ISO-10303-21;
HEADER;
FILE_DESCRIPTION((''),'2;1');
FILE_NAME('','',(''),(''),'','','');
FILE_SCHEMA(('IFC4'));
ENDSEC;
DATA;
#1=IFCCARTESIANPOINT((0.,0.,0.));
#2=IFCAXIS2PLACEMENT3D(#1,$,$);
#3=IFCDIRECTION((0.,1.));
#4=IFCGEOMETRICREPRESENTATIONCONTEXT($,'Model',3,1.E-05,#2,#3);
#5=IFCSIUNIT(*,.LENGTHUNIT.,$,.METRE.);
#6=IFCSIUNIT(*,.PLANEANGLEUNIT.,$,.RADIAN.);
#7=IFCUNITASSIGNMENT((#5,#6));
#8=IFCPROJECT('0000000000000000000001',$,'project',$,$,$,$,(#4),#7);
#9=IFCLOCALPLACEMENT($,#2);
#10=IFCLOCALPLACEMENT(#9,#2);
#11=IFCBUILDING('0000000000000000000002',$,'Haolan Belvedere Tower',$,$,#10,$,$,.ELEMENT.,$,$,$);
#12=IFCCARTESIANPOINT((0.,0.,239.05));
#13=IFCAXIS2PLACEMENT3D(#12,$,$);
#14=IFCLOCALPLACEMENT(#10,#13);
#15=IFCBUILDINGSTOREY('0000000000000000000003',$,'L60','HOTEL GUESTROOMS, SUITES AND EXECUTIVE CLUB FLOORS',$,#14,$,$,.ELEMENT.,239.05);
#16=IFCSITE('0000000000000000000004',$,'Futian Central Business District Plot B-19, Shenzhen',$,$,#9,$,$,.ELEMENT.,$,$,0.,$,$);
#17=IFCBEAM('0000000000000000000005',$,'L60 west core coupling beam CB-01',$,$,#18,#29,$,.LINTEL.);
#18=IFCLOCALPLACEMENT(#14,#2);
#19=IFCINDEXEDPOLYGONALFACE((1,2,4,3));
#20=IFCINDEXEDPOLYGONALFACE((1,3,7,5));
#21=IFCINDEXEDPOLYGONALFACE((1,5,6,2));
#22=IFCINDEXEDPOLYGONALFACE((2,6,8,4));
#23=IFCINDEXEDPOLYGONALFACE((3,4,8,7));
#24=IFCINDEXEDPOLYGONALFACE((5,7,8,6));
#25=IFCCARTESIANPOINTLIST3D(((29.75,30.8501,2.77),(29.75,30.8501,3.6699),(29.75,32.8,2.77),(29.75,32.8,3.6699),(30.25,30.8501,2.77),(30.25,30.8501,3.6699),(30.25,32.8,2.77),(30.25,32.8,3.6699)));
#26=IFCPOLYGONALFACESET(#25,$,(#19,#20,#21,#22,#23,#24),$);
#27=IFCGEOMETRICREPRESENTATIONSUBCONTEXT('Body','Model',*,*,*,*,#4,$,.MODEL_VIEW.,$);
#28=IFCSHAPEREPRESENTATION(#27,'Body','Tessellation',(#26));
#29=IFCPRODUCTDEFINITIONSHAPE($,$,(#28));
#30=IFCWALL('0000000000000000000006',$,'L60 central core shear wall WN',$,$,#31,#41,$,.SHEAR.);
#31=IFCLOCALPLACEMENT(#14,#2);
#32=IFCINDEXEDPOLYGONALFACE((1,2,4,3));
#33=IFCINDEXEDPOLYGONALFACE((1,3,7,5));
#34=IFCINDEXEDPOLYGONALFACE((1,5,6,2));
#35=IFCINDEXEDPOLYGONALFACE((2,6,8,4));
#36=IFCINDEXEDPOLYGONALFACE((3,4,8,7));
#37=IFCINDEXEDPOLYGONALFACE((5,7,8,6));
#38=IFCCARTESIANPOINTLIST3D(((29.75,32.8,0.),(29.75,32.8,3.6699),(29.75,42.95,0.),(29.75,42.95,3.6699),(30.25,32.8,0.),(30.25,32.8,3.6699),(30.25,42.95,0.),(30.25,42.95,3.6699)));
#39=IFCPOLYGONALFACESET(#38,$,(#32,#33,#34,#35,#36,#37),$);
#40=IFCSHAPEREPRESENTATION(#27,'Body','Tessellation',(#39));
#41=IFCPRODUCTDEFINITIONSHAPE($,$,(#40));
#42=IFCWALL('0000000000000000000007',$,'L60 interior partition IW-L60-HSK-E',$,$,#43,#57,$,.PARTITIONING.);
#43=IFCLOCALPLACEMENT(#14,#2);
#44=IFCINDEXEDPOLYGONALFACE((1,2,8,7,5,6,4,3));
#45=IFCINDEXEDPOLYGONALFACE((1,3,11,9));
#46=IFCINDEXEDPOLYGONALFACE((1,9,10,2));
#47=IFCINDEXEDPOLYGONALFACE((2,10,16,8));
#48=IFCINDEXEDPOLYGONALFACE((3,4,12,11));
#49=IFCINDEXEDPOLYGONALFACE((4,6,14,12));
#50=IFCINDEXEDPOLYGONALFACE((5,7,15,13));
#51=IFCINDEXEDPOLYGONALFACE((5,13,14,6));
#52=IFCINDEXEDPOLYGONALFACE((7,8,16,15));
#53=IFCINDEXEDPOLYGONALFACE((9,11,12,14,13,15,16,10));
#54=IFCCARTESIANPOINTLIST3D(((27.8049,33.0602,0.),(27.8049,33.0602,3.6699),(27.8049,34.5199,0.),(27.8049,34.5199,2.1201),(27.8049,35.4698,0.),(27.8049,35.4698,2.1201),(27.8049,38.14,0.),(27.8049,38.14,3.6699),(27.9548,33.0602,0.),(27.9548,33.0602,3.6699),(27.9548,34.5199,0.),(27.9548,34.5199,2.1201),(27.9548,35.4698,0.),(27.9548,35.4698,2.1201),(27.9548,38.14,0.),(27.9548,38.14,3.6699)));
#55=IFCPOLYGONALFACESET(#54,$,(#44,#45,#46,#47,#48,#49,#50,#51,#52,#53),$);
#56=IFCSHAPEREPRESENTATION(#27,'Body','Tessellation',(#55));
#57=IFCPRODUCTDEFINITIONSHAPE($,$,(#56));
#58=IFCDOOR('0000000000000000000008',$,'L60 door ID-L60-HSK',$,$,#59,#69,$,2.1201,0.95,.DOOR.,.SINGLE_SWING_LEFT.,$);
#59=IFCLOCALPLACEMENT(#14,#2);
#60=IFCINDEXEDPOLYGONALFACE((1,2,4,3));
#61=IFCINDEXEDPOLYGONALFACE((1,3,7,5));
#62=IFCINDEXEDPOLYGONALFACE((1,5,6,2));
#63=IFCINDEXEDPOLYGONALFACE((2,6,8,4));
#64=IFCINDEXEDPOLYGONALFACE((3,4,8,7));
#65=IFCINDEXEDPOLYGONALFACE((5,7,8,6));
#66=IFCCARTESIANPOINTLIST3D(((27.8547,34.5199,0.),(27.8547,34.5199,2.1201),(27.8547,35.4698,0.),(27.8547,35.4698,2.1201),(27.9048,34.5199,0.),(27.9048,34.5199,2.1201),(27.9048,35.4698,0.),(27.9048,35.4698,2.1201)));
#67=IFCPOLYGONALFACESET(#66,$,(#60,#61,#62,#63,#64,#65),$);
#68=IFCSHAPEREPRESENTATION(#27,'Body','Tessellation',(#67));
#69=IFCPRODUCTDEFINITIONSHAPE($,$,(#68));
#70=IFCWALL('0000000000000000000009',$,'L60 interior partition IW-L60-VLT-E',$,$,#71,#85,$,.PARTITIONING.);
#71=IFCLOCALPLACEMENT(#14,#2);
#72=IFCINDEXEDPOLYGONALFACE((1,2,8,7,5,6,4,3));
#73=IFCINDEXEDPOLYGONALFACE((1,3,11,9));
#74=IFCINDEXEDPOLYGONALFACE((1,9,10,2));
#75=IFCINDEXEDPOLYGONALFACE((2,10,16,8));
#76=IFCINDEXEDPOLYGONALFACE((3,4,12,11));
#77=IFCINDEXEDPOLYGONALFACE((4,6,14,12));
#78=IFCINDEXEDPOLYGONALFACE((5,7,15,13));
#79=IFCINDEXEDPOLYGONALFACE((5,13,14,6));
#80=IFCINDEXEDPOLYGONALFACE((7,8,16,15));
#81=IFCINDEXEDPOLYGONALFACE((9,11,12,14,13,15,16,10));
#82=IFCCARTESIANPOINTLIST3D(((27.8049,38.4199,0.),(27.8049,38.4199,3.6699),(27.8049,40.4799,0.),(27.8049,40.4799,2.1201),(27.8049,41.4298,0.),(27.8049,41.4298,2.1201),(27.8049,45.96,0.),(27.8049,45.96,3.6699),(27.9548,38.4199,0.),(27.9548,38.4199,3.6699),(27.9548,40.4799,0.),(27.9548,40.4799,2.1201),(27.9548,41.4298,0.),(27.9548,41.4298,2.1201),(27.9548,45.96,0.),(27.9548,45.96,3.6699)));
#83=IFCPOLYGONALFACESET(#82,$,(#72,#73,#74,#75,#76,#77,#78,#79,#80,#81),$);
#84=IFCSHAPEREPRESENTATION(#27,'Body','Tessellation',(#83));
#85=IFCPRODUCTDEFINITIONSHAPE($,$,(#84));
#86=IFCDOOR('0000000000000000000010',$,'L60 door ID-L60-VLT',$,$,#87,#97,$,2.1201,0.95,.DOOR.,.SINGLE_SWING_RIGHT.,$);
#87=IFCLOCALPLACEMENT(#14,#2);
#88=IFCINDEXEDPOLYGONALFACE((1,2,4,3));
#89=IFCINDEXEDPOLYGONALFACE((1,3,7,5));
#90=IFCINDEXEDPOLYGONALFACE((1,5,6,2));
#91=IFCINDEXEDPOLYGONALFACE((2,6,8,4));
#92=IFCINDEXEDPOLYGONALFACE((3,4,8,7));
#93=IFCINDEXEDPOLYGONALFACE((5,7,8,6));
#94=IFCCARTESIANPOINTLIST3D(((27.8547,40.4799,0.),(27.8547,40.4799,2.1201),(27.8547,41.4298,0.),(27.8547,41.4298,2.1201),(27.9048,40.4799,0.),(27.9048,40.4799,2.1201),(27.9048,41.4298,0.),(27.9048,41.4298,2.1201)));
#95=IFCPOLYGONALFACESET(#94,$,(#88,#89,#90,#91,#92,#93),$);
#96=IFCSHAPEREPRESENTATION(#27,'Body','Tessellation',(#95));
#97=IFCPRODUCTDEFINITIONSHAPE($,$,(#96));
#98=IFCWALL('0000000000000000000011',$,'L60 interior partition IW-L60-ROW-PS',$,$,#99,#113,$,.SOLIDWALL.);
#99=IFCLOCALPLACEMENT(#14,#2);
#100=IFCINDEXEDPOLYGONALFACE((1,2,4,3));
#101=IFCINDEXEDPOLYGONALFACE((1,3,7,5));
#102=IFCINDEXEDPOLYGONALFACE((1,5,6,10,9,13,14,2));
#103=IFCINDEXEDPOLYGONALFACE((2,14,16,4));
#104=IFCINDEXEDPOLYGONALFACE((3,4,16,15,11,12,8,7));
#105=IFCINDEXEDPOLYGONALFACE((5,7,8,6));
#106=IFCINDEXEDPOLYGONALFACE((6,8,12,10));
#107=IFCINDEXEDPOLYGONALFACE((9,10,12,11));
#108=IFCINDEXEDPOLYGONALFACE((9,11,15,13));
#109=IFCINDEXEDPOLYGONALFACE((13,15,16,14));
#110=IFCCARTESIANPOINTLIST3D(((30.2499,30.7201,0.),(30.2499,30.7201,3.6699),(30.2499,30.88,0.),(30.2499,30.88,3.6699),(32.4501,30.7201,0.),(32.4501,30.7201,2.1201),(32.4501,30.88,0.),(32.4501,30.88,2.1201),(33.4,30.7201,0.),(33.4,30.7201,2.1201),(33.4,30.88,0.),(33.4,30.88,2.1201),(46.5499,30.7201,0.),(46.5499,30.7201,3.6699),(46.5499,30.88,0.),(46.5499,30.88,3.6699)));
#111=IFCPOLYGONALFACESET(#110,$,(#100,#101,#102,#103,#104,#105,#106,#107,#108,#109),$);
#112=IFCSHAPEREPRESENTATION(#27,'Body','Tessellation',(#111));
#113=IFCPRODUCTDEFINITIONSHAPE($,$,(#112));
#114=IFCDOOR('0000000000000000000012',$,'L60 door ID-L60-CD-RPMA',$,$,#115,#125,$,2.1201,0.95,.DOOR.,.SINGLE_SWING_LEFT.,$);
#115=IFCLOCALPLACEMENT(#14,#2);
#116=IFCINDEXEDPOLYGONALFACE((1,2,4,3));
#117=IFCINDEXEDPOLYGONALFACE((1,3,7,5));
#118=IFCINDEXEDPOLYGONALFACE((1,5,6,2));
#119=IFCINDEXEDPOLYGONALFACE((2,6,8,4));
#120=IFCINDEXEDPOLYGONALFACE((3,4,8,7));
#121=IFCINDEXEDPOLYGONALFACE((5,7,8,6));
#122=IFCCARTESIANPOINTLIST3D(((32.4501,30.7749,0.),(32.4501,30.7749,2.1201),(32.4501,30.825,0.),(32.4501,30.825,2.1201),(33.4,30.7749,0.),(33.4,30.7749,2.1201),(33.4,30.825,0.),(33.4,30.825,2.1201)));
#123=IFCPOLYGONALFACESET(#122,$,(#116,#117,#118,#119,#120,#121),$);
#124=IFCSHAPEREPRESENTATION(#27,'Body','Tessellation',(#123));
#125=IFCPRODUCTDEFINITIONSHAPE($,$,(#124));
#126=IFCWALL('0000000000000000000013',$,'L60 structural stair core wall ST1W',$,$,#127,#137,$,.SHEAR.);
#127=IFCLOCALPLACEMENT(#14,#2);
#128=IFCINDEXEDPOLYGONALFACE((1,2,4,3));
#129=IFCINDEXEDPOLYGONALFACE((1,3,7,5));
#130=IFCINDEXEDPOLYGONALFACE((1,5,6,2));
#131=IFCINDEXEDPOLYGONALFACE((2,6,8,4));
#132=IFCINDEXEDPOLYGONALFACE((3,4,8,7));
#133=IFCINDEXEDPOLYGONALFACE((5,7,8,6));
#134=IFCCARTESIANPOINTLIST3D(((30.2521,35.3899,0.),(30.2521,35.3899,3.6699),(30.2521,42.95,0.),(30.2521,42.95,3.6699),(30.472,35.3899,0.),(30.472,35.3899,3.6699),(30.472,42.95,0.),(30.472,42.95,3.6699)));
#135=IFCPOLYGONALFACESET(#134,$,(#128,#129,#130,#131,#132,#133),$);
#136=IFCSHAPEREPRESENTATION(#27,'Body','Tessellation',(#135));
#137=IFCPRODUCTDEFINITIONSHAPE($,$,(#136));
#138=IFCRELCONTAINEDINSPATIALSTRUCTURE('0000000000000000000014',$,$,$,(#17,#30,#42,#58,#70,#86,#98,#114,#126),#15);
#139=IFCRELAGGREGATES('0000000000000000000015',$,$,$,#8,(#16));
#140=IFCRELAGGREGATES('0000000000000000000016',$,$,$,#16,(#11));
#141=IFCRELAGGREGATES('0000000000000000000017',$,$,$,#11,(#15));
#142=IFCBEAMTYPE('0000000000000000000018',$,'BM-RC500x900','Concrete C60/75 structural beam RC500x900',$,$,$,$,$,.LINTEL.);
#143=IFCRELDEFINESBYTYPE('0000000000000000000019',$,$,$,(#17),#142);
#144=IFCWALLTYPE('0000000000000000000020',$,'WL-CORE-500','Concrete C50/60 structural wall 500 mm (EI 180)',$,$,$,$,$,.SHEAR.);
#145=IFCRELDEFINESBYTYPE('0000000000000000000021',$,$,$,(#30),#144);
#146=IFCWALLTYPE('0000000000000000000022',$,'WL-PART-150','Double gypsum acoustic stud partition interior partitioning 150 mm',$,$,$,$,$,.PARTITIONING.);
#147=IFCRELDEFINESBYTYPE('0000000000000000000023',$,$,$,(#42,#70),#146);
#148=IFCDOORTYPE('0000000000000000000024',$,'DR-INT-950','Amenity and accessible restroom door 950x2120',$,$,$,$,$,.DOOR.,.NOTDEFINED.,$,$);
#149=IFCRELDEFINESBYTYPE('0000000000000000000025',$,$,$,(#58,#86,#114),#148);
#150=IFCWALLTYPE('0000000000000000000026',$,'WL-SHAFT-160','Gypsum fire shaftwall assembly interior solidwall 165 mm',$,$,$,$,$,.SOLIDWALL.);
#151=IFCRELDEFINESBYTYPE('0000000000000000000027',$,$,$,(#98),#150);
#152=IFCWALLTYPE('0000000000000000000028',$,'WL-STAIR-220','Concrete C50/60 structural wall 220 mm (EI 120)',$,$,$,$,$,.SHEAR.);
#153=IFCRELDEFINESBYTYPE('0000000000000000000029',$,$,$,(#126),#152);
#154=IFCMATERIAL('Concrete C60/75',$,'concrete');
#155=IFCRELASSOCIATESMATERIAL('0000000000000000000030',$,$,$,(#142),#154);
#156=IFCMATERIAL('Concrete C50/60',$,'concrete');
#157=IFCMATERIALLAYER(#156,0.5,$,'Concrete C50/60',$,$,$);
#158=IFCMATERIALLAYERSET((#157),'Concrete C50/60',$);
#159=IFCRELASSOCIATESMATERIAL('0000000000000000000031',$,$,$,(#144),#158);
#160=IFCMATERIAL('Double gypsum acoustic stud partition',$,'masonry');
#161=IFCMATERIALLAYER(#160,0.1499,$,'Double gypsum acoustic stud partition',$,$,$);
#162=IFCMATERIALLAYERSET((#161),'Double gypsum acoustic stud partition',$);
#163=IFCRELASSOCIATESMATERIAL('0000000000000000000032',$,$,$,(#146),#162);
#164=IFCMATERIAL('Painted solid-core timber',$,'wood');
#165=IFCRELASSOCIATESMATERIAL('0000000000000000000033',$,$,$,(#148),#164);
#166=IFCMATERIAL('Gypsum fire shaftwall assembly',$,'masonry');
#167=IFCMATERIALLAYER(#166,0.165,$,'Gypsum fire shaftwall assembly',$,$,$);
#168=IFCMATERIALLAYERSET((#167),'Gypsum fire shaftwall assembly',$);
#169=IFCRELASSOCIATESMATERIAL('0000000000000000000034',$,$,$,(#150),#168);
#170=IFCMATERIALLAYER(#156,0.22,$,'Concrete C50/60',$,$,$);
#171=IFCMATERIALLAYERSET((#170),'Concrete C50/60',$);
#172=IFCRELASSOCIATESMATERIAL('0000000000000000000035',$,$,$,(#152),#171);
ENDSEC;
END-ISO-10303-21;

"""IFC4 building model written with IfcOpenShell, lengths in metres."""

from ifc_helpers import new_model, si_unit, direction, frame, frame_2d, origin, origin_2d, place, context, subcontext, project, spatial, rectangle, extrude, material, layer, layer_set, material_profile, profile_set, type_object, element, fill, save


model = new_model("IFC4")

# Units and contexts
model_context = context("Model", 3, precision=1e-05, world=origin(), true_north=direction((0.0, 1.0)))
body_context = subcontext(model_context, "Body", "Model", "MODEL_VIEW")
ifc_project = project(units=[si_unit("LENGTHUNIT", "METRE"), si_unit("PLANEANGLEUNIT", "RADIAN")], contexts=[model_context])

# Site, building, storey
site_placement = place(None, origin())
site = spatial("IfcSite", under=ifc_project, at=site_placement, Name="Futian Central Business District Plot B-19, Shenzhen", CompositionType="ELEMENT", RefElevation=0.0)
building_placement = place(site_placement, origin())
building = spatial("IfcBuilding", under=site, at=building_placement, Name="Haolan Belvedere Tower", CompositionType="ELEMENT")
storey_placement = place(building_placement, frame((0.0, 0.0, 239.05)))
storey = spatial("IfcBuildingStorey", under=building, at=storey_placement, Name="L60", Description="HOTEL GUESTROOMS, SUITES AND EXECUTIVE CLUB FLOORS", CompositionType="ELEMENT", Elevation=239.05)

# Beam
ifc_material_1 = material(Name="Concrete C60/75", Category="concrete")
ifc_material_profile = material_profile(ifc_material_1, rectangle(XDim=0.5, YDim=0.8999, at=origin_2d()), Name="Concrete C60/75")
ifc_profile_set = profile_set([ifc_material_profile], Name="Concrete C60/75")
beam_type = type_object("IfcBeamType", Name="BM-RC500x900", Description="Concrete C60/75 structural beam RC500x900", PredefinedType="LINTEL", material=ifc_profile_set)
beam_placement = place(storey_placement, frame((30.0, 30.8501, 3.22), z_axis=(0.0, 1.0, 0.0), x_axis=(-1.0, 0.0, 0.0)))
element("IfcBeam", 1, at=beam_placement, inside=storey, type_object=beam_type, Name="L60 west core coupling beam CB-01", PredefinedType="LINTEL", context=body_context, shape_type="SweptSolid", body=[
    extrude(rectangle(XDim=0.5, YDim=0.8999, at=origin_2d()), origin(), (0.0, 0.0, 1.0), 1.95),
])

# Wall
ifc_material_2 = material(Name="Concrete C50/60", Category="concrete")
ifc_layer_1 = layer(ifc_material_2, 0.5, Name="Concrete C50/60")
ifc_layer_set_1 = layer_set([ifc_layer_1], Name="Concrete C50/60")
wall_type_1 = type_object("IfcWallType", Name="WL-CORE-500", Description="Concrete C50/60 structural wall 500 mm (EI 180)", PredefinedType="SHEAR", material=ifc_layer_set_1)
wall_1_placement = place(storey_placement, frame((30.0, 32.8, 0.0), z_axis=(0.0, 0.0, 1.0), x_axis=(0.0, 1.0, 0.0)))
element("IfcWall", 2, at=wall_1_placement, inside=storey, type_object=wall_type_1, Name="L60 central core shear wall WN", PredefinedType="SHEAR", context=body_context, shape_type="SweptSolid", body=[
    extrude(rectangle(XDim=10.1499, YDim=0.5, at=frame_2d((5.075, 0.0))), origin(), (0.0, 0.0, 1.0), 3.6699),
])

# Walls, openings, doors
ifc_material_3 = material(Name="Double gypsum acoustic stud partition", Category="masonry")
ifc_layer_2 = layer(ifc_material_3, 0.1499, Name="Double gypsum acoustic stud partition")
ifc_layer_set_2 = layer_set([ifc_layer_2], Name="Double gypsum acoustic stud partition")
wall_type_2 = type_object("IfcWallType", Name="WL-PART-150", Description="Double gypsum acoustic stud partition interior partitioning 150 mm", PredefinedType="PARTITIONING", material=ifc_layer_set_2)
wall_2_placement = place(storey_placement, frame((27.8799, 33.0601, 0.0), z_axis=(0.0, 0.0, 1.0), x_axis=(0.0, 1.0, 0.0)))
wall_2 = element("IfcWall", 3, at=wall_2_placement, inside=storey, type_object=wall_type_2, Name="L60 interior partition IW-L60-HSK-E", PredefinedType="PARTITIONING", context=body_context, shape_type="SweptSolid", body=[
    extrude(rectangle(XDim=5.0798, YDim=0.1499, at=frame_2d((2.54, 0.0))), origin(), (0.0, 0.0, 1.0), 3.6699),
])
opening_1_placement = place(wall_2_placement, frame((2.4099, 0.0, 0.0), z_axis=(0.0, 0.0, 1.0), x_axis=(-1.0, 0.0, 0.0)))
opening_1 = element("IfcOpeningElement", 4, at=opening_1_placement, cuts=wall_2, PredefinedType="OPENING", context=body_context, shape_type="SweptSolid", body=[
    extrude(rectangle(XDim=0.95, YDim=2.1201, at=frame_2d((0.4751, 1.0601))), frame((0.0, 0.085, 0.0), z_axis=(0.0, -1.0, 0.0), x_axis=(1.0, 0.0, 0.0)), (0.0, 0.0, 1.0), 0.1699),
])
ifc_material_4 = material(Name="Painted solid-core timber", Category="wood")
door_type_1 = type_object("IfcDoorType", Name="DR-INT-950", Description="Amenity and accessible restroom door 950x2120", OperationType="NOTDEFINED", PredefinedType="DOOR", material=ifc_material_4)
door_1_placement = place(opening_1_placement, origin())
door_1 = element("IfcDoor", 5, at=door_1_placement, inside=storey, type_object=door_type_1, Name="L60 door ID-L60-HSK", OperationType="SINGLE_SWING_LEFT", OverallHeight=2.1201, OverallWidth=0.95, PredefinedType="DOOR", context=body_context, shape_type="SweptSolid", body=[
    extrude(rectangle(XDim=0.95, YDim=2.1201, at=frame_2d((0.4751, 1.0601))), frame((0.0, 0.0249, 0.0), z_axis=(0.0, -1.0, 0.0), x_axis=(1.0, 0.0, 0.0)), (0.0, 0.0, 1.0), 0.05),
])
fill(opening_1, door_1)
wall_3_placement = place(storey_placement, frame((27.8799, 38.4199, 0.0), z_axis=(0.0, 0.0, 1.0), x_axis=(0.0, 1.0, 0.0)))
wall_3 = element("IfcWall", 6, at=wall_3_placement, inside=storey, type_object=wall_type_2, Name="L60 interior partition IW-L60-VLT-E", PredefinedType="PARTITIONING", context=body_context, shape_type="SweptSolid", body=[
    extrude(rectangle(XDim=7.54, YDim=0.1499, at=frame_2d((3.77, 0.0))), origin(), (0.0, 0.0, 1.0), 3.6699),
])
opening_2_placement = place(wall_3_placement, frame((3.01, 0.0, 0.0), z_axis=(0.0, 0.0, 1.0), x_axis=(-1.0, 0.0, 0.0)))
opening_2 = element("IfcOpeningElement", 7, at=opening_2_placement, cuts=wall_3, PredefinedType="OPENING", context=body_context, shape_type="SweptSolid", body=[
    extrude(rectangle(XDim=0.95, YDim=2.1201, at=frame_2d((0.4751, 1.0601))), frame((0.0, 0.085, 0.0), z_axis=(0.0, -1.0, 0.0), x_axis=(1.0, 0.0, 0.0)), (0.0, 0.0, 1.0), 0.1699),
])
door_2_placement = place(opening_2_placement, origin())
door_2 = element("IfcDoor", 8, at=door_2_placement, inside=storey, type_object=door_type_1, Name="L60 door ID-L60-VLT", OperationType="SINGLE_SWING_RIGHT", OverallHeight=2.1201, OverallWidth=0.95, PredefinedType="DOOR", context=body_context, shape_type="SweptSolid", body=[
    extrude(rectangle(XDim=0.95, YDim=2.1201, at=frame_2d((0.4751, 1.0601))), frame((0.0, 0.0249, 0.0), z_axis=(0.0, -1.0, 0.0), x_axis=(1.0, 0.0, 0.0)), (0.0, 0.0, 1.0), 0.05),
])
fill(opening_2, door_2)
ifc_material_5 = material(Name="Gypsum fire shaftwall assembly", Category="masonry")
ifc_layer_3 = layer(ifc_material_5, 0.165, Name="Gypsum fire shaftwall assembly")
ifc_layer_set_3 = layer_set([ifc_layer_3], Name="Gypsum fire shaftwall assembly")
wall_type_3 = type_object("IfcWallType", Name="WL-SHAFT-160", Description="Gypsum fire shaftwall assembly interior solidwall 165 mm", PredefinedType="SOLIDWALL", material=ifc_layer_set_3)
wall_4_placement = place(storey_placement, frame((30.25, 30.8, 0.0), z_axis=(0.0, 0.0, 1.0), x_axis=(1.0, 0.0, 0.0)))
wall_4 = element("IfcWall", 9, at=wall_4_placement, inside=storey, type_object=wall_type_3, Name="L60 interior partition IW-L60-ROW-PS", PredefinedType="SOLIDWALL", context=body_context, shape_type="SweptSolid", body=[
    extrude(rectangle(XDim=16.3, YDim=0.1599, at=frame_2d((8.1499, 0.0))), origin(), (0.0, 0.0, 1.0), 3.6699),
])
opening_3_placement = place(wall_4_placement, frame((2.2, 0.0, 0.0)))
opening_3 = element("IfcOpeningElement", 10, at=opening_3_placement, cuts=wall_4, PredefinedType="OPENING", context=body_context, shape_type="SweptSolid", body=[
    extrude(rectangle(XDim=0.95, YDim=2.1201, at=frame_2d((0.4751, 1.0601))), frame((0.0, 0.0898, 0.0), z_axis=(0.0, -1.0, 0.0), x_axis=(1.0, 0.0, 0.0)), (0.0, 0.0, 1.0), 0.1799),
])
door_3_placement = place(opening_3_placement, origin())
door_3 = element("IfcDoor", 11, at=door_3_placement, inside=storey, type_object=door_type_1, Name="L60 door ID-L60-CD-RPMA", OperationType="SINGLE_SWING_LEFT", OverallHeight=2.1201, OverallWidth=0.95, PredefinedType="DOOR", context=body_context, shape_type="SweptSolid", body=[
    extrude(rectangle(XDim=0.95, YDim=2.1201, at=frame_2d((0.4751, 1.0601))), frame((0.0, 0.0249, 0.0), z_axis=(0.0, -1.0, 0.0), x_axis=(1.0, 0.0, 0.0)), (0.0, 0.0, 1.0), 0.05),
])
fill(opening_3, door_3)

# Wall
ifc_layer_4 = layer(ifc_material_2, 0.22, Name="Concrete C50/60")
ifc_layer_set_4 = layer_set([ifc_layer_4], Name="Concrete C50/60")
wall_type_4 = type_object("IfcWallType", Name="WL-STAIR-220", Description="Concrete C50/60 structural wall 220 mm (EI 120)", PredefinedType="SHEAR", material=ifc_layer_set_4)
wall_5_placement = place(storey_placement, frame((30.3621, 35.3899, 0.0), z_axis=(0.0, 0.0, 1.0), x_axis=(0.0, 1.0, 0.0)))
element("IfcWall", 12, at=wall_5_placement, inside=storey, type_object=wall_type_4, Name="L60 structural stair core wall ST1W", PredefinedType="SHEAR", context=body_context, shape_type="SweptSolid", body=[
    extrude(rectangle(XDim=7.5601, YDim=0.22, at=frame_2d((3.78, 0.0))), origin(), (0.0, 0.0, 1.0), 3.6699),
])

save(model, "model.ifc")
